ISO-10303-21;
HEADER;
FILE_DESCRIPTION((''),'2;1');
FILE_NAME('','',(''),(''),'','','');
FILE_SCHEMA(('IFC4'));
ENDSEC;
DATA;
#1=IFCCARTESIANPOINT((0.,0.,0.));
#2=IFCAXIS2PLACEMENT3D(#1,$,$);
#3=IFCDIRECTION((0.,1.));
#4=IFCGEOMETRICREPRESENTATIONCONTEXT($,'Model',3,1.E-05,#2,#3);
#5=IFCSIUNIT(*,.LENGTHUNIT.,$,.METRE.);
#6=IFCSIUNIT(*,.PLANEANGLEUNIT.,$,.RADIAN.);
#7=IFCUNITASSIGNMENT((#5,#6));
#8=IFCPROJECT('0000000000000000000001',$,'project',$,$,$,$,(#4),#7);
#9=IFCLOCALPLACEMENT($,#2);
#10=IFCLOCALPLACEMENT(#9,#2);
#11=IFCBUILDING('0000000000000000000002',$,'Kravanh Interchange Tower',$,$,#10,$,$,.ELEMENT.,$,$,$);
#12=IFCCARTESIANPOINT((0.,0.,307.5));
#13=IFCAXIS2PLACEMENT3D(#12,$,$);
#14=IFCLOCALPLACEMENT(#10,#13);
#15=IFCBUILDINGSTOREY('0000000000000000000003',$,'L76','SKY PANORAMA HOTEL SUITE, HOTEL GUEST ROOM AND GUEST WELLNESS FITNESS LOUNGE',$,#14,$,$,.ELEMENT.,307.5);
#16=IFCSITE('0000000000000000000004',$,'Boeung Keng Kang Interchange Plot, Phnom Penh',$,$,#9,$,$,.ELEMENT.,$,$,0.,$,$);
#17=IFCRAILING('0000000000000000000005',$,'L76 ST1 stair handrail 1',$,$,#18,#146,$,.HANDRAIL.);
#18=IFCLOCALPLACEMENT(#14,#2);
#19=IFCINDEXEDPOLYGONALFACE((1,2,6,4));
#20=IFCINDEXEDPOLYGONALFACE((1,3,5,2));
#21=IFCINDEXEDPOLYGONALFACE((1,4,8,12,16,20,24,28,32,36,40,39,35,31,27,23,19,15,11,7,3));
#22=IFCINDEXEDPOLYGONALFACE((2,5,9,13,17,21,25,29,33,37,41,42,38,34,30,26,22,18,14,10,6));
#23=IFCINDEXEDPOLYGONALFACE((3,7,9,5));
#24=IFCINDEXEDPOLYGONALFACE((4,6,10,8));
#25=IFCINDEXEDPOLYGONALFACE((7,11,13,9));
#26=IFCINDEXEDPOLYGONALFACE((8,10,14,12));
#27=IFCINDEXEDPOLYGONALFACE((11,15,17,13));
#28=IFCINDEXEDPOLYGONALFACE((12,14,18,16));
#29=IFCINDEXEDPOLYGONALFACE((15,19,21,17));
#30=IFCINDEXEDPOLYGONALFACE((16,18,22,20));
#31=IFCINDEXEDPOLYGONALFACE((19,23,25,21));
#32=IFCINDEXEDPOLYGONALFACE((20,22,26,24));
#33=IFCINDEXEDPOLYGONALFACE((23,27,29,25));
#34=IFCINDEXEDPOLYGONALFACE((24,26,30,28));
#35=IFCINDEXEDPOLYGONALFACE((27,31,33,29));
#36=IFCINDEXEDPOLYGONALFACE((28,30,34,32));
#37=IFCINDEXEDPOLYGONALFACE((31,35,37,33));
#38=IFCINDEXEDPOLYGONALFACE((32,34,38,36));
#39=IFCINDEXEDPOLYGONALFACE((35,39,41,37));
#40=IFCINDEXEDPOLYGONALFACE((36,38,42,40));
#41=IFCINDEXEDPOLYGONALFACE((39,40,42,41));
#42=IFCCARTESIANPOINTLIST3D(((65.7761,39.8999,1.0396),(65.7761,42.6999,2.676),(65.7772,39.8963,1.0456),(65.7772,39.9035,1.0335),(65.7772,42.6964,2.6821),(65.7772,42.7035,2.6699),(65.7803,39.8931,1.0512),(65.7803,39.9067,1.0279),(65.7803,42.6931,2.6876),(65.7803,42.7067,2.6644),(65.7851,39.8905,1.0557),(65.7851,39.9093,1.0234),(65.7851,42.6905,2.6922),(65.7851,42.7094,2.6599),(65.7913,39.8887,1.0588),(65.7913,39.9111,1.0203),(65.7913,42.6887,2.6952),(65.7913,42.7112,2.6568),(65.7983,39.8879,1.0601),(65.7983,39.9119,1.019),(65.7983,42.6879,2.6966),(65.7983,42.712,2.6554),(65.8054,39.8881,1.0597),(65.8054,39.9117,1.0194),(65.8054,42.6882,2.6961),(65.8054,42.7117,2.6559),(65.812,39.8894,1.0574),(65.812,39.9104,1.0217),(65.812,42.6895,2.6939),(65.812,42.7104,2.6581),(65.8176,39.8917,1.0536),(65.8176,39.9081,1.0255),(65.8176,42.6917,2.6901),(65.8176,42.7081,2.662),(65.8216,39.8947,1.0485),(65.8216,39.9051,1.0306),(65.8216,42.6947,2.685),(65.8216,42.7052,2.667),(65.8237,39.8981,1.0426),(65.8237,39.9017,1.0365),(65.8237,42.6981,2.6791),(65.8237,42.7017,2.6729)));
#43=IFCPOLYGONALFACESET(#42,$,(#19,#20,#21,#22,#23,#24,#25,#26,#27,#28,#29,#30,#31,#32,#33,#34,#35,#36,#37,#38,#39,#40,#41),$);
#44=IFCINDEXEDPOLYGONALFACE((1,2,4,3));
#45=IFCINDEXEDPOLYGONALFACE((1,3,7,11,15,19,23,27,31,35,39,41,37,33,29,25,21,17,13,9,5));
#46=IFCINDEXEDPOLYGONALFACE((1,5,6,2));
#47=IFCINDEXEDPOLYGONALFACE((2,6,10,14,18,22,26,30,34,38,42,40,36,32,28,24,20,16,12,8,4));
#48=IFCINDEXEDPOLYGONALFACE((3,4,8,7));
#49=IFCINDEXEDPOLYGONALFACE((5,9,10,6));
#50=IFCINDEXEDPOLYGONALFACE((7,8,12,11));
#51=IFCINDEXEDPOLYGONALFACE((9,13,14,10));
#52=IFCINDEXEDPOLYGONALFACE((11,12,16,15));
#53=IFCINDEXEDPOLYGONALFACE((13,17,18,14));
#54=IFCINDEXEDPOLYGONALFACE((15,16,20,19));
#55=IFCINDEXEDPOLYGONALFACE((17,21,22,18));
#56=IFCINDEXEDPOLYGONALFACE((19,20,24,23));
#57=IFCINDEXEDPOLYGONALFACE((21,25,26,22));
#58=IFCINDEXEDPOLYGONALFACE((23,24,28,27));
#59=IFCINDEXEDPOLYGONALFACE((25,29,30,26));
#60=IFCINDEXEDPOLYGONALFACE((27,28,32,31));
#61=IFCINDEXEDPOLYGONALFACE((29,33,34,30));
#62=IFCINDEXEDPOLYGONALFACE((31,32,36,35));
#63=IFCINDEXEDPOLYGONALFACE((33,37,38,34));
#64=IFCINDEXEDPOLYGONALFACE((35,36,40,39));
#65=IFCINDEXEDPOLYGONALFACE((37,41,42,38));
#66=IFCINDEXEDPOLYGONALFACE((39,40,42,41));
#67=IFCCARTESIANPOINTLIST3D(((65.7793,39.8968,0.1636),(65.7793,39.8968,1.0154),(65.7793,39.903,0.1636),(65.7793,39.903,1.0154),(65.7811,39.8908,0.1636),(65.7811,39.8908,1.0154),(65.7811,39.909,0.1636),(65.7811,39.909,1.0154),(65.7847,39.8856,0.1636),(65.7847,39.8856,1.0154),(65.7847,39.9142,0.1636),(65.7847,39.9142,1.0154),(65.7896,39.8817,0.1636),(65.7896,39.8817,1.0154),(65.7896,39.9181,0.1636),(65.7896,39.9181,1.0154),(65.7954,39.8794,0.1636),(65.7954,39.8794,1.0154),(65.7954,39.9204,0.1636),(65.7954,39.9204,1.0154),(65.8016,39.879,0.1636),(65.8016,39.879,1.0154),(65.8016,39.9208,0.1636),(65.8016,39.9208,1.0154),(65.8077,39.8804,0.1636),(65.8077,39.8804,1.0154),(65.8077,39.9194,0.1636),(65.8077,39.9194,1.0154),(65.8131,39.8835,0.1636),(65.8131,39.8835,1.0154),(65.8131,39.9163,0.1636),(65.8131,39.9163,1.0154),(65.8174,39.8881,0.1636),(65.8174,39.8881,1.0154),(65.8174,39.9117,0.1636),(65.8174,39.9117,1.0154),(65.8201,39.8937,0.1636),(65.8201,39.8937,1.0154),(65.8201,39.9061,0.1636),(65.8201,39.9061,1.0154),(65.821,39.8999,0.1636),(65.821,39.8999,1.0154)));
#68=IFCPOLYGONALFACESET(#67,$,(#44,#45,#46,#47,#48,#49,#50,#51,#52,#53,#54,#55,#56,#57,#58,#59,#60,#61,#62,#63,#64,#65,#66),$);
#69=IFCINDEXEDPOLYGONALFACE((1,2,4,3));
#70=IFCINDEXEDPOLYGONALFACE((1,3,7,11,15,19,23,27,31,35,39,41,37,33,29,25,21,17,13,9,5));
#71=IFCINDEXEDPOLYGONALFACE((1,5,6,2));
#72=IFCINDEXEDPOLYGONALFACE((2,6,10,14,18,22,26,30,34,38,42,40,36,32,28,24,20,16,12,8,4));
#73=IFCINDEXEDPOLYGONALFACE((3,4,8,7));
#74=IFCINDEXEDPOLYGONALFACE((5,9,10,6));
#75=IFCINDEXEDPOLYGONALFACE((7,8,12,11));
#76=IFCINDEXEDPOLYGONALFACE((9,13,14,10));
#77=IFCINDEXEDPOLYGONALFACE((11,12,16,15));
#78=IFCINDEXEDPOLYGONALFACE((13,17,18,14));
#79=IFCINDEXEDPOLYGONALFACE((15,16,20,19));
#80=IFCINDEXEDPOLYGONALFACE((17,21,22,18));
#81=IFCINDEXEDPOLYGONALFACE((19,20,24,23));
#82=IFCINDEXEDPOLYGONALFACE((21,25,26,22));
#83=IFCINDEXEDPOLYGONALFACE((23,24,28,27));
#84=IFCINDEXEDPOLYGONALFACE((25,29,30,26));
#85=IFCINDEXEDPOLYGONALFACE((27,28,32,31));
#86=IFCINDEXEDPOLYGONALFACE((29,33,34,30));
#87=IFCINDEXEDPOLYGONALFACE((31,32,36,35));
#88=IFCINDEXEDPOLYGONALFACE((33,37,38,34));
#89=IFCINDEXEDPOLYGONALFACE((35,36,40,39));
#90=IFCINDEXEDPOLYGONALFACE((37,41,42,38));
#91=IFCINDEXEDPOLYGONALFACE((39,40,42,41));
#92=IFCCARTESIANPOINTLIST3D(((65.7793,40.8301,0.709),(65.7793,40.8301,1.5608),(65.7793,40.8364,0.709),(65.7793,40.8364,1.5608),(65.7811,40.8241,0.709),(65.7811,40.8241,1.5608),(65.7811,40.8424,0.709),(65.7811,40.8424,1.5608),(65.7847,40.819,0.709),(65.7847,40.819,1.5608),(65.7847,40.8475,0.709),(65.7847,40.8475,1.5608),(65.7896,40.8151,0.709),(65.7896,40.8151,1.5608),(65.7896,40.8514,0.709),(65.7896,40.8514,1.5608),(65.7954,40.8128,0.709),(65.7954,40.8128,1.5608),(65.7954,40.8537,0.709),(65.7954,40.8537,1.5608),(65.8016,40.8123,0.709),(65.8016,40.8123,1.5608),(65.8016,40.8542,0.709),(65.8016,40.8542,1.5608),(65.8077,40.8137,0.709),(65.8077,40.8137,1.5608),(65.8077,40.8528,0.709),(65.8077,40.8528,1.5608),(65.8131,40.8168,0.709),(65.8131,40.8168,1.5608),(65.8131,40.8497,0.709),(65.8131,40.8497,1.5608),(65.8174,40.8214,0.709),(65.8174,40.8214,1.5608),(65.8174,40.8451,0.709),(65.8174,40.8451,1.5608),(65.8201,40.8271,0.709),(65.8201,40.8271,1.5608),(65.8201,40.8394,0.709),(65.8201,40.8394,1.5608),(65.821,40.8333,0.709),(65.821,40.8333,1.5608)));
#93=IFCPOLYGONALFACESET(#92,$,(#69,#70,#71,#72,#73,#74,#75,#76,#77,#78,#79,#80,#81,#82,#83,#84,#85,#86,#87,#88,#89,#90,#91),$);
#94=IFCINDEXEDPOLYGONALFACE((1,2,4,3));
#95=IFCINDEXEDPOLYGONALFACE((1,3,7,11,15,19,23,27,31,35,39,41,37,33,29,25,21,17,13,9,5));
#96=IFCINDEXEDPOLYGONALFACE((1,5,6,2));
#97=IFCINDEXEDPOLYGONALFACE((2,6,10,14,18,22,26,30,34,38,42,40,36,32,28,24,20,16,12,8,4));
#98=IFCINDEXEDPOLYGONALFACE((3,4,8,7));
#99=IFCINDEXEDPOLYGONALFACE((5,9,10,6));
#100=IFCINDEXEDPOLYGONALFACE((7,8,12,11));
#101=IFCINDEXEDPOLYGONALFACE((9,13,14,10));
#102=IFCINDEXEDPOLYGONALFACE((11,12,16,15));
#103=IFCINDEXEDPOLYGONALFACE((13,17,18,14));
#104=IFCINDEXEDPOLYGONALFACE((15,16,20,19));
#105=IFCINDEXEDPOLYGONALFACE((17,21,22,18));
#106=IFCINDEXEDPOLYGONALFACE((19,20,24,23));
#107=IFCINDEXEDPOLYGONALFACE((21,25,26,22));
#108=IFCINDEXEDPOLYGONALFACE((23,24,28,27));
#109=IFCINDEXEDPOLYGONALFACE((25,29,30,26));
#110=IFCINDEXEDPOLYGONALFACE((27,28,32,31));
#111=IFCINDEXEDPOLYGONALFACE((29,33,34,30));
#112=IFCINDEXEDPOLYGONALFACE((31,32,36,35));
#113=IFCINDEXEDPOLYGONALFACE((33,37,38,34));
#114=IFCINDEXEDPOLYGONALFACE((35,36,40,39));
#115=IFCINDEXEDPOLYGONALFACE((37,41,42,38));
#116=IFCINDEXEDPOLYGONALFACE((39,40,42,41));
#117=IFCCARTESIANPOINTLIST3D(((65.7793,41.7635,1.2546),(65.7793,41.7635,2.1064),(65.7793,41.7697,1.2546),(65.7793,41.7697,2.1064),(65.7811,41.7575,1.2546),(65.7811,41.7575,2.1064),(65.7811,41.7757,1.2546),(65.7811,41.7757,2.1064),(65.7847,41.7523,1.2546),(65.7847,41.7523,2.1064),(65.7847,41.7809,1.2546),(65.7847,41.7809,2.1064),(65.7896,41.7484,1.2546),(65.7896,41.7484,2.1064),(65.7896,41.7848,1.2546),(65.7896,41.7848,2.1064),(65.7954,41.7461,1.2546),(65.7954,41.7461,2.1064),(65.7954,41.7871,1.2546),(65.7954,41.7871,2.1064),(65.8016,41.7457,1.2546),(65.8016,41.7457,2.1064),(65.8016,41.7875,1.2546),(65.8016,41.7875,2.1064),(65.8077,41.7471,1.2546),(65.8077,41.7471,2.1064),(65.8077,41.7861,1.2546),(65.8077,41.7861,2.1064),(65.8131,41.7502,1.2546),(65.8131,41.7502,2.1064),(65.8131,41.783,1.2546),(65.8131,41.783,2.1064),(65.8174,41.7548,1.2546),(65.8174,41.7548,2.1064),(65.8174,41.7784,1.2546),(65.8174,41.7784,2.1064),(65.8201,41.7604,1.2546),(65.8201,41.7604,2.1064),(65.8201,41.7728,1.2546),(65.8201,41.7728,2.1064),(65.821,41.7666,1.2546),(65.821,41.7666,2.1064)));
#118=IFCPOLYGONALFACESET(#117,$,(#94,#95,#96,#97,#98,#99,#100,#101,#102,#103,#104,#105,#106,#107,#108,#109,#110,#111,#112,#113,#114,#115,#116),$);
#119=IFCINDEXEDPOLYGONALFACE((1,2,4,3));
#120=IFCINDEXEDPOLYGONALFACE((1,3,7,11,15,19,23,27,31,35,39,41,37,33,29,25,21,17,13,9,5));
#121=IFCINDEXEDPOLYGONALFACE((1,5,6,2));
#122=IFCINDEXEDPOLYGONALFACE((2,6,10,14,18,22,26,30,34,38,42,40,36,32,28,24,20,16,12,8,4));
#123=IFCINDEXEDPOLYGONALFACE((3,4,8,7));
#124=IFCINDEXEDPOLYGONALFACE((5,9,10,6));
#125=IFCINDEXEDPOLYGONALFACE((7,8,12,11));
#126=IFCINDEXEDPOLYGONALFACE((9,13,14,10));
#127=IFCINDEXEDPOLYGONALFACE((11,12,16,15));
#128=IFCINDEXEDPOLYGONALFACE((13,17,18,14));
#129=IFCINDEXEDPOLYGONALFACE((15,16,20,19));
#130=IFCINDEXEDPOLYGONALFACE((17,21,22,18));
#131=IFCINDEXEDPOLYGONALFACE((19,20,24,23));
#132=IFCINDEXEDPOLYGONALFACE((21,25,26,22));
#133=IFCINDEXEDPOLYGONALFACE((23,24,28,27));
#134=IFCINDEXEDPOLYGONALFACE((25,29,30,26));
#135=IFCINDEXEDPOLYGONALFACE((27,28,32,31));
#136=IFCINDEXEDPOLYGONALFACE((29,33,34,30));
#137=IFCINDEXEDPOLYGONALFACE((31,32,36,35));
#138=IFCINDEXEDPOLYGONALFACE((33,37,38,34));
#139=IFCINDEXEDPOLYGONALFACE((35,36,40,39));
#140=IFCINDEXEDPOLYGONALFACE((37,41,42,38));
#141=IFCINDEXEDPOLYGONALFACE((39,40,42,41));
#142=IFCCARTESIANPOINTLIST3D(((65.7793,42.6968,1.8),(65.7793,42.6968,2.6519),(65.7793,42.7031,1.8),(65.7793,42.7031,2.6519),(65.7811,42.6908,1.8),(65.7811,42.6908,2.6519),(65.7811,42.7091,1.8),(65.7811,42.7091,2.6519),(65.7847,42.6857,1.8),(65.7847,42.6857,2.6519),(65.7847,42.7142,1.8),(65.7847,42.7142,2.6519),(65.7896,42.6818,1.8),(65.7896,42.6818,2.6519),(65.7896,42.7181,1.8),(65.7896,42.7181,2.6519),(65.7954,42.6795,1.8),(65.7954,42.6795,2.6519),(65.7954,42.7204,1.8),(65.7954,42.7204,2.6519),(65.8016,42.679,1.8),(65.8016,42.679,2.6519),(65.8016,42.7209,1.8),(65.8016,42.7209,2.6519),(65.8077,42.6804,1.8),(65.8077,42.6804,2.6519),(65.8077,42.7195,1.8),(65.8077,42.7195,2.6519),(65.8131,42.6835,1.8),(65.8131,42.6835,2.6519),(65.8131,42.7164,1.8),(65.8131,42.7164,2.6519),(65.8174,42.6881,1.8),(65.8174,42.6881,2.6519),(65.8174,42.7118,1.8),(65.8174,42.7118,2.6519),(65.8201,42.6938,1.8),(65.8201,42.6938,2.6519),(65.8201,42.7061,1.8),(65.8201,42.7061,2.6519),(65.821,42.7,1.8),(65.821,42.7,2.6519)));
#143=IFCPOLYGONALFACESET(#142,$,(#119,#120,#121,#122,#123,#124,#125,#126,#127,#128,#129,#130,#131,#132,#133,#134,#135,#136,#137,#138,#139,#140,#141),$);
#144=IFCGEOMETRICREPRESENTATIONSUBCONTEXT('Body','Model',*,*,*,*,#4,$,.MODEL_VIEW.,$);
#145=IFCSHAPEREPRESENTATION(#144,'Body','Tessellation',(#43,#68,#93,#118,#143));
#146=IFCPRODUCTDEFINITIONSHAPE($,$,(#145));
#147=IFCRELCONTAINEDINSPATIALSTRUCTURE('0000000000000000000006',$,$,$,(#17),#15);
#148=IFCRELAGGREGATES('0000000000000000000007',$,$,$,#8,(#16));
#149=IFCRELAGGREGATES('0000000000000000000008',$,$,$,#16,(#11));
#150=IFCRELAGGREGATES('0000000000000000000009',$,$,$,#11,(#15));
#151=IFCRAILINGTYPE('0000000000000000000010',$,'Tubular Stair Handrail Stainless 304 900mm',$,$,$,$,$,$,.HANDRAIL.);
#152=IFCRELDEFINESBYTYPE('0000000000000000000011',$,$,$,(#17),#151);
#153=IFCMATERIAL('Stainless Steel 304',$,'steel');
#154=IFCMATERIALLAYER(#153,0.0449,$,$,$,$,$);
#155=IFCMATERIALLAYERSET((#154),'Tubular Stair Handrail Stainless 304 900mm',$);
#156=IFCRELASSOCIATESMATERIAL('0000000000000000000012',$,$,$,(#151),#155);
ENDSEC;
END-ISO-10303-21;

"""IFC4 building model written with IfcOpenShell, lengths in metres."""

from ifc_helpers import new_model, si_unit, direction, frame, origin, origin_2d, place, context, subcontext, project, spatial, circle, extrude, material, layer, layer_set, type_object, element, save


model = new_model("IFC4")

# Units and contexts
model_context = context("Model", 3, precision=1e-05, world=origin(), true_north=direction((0.0, 1.0)))
body_context = subcontext(model_context, "Body", "Model", "MODEL_VIEW")
ifc_project = project(units=[si_unit("LENGTHUNIT", "METRE"), si_unit("PLANEANGLEUNIT", "RADIAN")], contexts=[model_context])

# Site, building, storey
site_placement = place(None, origin())
site = spatial("IfcSite", under=ifc_project, at=site_placement, Name="Boeung Keng Kang Interchange Plot, Phnom Penh", CompositionType="ELEMENT", RefElevation=0.0)
building_placement = place(site_placement, origin())
building = spatial("IfcBuilding", under=site, at=building_placement, Name="Kravanh Interchange Tower", CompositionType="ELEMENT")
storey_placement = place(building_placement, frame((0.0, 0.0, 307.5)))
storey = spatial("IfcBuildingStorey", under=building, at=storey_placement, Name="L76", Description="SKY PANORAMA HOTEL SUITE, HOTEL GUEST ROOM AND GUEST WELLNESS FITNESS LOUNGE", CompositionType="ELEMENT", Elevation=307.5)

# Railing
ifc_material_1 = material(Name="Stainless Steel 304", Category="steel")
ifc_layer_1 = layer(ifc_material_1, 0.0449)
ifc_layer_set_1 = layer_set([ifc_layer_1], Name="Tubular Stair Handrail Stainless 304 900mm")
railing_type_1 = type_object("IfcRailingType", Name="Tubular Stair Handrail Stainless 304 900mm", PredefinedType="HANDRAIL", material=ifc_layer_set_1)
railing_1_placement = place(storey_placement, frame((65.8, 39.8999, 0.1636)))
element("IfcRailing", 1, at=railing_1_placement, inside=storey, type_object=railing_type_1, Name="L76 ST1 stair handrail 1", PredefinedType="HANDRAIL", context=body_context, shape_type="SweptSolid", body=[
    extrude(circle(Radius=0.0239, at=origin_2d()), frame((0.0, 0.0, 0.876), z_axis=(0.0, 0.863361, 0.504587), x_axis=(-1.0, 0.0, 0.0)), (0.0, 0.0, 1.0), 3.2432),
    extrude(circle(Radius=0.021, at=origin_2d()), origin(), (0.0, 0.0, 1.0), 0.8518),
    extrude(circle(Radius=0.021, at=origin_2d()), frame((0.0, 0.9333, 0.5454)), (0.0, 0.0, 1.0), 0.8518),
    extrude(circle(Radius=0.021, at=origin_2d()), frame((0.0, 1.8667, 1.0911)), (0.0, 0.0, 1.0), 0.8518),
    extrude(circle(Radius=0.021, at=origin_2d()), frame((0.0, 2.8, 1.6365)), (0.0, 0.0, 1.0), 0.8518),
])

save(model, "model.ifc")
